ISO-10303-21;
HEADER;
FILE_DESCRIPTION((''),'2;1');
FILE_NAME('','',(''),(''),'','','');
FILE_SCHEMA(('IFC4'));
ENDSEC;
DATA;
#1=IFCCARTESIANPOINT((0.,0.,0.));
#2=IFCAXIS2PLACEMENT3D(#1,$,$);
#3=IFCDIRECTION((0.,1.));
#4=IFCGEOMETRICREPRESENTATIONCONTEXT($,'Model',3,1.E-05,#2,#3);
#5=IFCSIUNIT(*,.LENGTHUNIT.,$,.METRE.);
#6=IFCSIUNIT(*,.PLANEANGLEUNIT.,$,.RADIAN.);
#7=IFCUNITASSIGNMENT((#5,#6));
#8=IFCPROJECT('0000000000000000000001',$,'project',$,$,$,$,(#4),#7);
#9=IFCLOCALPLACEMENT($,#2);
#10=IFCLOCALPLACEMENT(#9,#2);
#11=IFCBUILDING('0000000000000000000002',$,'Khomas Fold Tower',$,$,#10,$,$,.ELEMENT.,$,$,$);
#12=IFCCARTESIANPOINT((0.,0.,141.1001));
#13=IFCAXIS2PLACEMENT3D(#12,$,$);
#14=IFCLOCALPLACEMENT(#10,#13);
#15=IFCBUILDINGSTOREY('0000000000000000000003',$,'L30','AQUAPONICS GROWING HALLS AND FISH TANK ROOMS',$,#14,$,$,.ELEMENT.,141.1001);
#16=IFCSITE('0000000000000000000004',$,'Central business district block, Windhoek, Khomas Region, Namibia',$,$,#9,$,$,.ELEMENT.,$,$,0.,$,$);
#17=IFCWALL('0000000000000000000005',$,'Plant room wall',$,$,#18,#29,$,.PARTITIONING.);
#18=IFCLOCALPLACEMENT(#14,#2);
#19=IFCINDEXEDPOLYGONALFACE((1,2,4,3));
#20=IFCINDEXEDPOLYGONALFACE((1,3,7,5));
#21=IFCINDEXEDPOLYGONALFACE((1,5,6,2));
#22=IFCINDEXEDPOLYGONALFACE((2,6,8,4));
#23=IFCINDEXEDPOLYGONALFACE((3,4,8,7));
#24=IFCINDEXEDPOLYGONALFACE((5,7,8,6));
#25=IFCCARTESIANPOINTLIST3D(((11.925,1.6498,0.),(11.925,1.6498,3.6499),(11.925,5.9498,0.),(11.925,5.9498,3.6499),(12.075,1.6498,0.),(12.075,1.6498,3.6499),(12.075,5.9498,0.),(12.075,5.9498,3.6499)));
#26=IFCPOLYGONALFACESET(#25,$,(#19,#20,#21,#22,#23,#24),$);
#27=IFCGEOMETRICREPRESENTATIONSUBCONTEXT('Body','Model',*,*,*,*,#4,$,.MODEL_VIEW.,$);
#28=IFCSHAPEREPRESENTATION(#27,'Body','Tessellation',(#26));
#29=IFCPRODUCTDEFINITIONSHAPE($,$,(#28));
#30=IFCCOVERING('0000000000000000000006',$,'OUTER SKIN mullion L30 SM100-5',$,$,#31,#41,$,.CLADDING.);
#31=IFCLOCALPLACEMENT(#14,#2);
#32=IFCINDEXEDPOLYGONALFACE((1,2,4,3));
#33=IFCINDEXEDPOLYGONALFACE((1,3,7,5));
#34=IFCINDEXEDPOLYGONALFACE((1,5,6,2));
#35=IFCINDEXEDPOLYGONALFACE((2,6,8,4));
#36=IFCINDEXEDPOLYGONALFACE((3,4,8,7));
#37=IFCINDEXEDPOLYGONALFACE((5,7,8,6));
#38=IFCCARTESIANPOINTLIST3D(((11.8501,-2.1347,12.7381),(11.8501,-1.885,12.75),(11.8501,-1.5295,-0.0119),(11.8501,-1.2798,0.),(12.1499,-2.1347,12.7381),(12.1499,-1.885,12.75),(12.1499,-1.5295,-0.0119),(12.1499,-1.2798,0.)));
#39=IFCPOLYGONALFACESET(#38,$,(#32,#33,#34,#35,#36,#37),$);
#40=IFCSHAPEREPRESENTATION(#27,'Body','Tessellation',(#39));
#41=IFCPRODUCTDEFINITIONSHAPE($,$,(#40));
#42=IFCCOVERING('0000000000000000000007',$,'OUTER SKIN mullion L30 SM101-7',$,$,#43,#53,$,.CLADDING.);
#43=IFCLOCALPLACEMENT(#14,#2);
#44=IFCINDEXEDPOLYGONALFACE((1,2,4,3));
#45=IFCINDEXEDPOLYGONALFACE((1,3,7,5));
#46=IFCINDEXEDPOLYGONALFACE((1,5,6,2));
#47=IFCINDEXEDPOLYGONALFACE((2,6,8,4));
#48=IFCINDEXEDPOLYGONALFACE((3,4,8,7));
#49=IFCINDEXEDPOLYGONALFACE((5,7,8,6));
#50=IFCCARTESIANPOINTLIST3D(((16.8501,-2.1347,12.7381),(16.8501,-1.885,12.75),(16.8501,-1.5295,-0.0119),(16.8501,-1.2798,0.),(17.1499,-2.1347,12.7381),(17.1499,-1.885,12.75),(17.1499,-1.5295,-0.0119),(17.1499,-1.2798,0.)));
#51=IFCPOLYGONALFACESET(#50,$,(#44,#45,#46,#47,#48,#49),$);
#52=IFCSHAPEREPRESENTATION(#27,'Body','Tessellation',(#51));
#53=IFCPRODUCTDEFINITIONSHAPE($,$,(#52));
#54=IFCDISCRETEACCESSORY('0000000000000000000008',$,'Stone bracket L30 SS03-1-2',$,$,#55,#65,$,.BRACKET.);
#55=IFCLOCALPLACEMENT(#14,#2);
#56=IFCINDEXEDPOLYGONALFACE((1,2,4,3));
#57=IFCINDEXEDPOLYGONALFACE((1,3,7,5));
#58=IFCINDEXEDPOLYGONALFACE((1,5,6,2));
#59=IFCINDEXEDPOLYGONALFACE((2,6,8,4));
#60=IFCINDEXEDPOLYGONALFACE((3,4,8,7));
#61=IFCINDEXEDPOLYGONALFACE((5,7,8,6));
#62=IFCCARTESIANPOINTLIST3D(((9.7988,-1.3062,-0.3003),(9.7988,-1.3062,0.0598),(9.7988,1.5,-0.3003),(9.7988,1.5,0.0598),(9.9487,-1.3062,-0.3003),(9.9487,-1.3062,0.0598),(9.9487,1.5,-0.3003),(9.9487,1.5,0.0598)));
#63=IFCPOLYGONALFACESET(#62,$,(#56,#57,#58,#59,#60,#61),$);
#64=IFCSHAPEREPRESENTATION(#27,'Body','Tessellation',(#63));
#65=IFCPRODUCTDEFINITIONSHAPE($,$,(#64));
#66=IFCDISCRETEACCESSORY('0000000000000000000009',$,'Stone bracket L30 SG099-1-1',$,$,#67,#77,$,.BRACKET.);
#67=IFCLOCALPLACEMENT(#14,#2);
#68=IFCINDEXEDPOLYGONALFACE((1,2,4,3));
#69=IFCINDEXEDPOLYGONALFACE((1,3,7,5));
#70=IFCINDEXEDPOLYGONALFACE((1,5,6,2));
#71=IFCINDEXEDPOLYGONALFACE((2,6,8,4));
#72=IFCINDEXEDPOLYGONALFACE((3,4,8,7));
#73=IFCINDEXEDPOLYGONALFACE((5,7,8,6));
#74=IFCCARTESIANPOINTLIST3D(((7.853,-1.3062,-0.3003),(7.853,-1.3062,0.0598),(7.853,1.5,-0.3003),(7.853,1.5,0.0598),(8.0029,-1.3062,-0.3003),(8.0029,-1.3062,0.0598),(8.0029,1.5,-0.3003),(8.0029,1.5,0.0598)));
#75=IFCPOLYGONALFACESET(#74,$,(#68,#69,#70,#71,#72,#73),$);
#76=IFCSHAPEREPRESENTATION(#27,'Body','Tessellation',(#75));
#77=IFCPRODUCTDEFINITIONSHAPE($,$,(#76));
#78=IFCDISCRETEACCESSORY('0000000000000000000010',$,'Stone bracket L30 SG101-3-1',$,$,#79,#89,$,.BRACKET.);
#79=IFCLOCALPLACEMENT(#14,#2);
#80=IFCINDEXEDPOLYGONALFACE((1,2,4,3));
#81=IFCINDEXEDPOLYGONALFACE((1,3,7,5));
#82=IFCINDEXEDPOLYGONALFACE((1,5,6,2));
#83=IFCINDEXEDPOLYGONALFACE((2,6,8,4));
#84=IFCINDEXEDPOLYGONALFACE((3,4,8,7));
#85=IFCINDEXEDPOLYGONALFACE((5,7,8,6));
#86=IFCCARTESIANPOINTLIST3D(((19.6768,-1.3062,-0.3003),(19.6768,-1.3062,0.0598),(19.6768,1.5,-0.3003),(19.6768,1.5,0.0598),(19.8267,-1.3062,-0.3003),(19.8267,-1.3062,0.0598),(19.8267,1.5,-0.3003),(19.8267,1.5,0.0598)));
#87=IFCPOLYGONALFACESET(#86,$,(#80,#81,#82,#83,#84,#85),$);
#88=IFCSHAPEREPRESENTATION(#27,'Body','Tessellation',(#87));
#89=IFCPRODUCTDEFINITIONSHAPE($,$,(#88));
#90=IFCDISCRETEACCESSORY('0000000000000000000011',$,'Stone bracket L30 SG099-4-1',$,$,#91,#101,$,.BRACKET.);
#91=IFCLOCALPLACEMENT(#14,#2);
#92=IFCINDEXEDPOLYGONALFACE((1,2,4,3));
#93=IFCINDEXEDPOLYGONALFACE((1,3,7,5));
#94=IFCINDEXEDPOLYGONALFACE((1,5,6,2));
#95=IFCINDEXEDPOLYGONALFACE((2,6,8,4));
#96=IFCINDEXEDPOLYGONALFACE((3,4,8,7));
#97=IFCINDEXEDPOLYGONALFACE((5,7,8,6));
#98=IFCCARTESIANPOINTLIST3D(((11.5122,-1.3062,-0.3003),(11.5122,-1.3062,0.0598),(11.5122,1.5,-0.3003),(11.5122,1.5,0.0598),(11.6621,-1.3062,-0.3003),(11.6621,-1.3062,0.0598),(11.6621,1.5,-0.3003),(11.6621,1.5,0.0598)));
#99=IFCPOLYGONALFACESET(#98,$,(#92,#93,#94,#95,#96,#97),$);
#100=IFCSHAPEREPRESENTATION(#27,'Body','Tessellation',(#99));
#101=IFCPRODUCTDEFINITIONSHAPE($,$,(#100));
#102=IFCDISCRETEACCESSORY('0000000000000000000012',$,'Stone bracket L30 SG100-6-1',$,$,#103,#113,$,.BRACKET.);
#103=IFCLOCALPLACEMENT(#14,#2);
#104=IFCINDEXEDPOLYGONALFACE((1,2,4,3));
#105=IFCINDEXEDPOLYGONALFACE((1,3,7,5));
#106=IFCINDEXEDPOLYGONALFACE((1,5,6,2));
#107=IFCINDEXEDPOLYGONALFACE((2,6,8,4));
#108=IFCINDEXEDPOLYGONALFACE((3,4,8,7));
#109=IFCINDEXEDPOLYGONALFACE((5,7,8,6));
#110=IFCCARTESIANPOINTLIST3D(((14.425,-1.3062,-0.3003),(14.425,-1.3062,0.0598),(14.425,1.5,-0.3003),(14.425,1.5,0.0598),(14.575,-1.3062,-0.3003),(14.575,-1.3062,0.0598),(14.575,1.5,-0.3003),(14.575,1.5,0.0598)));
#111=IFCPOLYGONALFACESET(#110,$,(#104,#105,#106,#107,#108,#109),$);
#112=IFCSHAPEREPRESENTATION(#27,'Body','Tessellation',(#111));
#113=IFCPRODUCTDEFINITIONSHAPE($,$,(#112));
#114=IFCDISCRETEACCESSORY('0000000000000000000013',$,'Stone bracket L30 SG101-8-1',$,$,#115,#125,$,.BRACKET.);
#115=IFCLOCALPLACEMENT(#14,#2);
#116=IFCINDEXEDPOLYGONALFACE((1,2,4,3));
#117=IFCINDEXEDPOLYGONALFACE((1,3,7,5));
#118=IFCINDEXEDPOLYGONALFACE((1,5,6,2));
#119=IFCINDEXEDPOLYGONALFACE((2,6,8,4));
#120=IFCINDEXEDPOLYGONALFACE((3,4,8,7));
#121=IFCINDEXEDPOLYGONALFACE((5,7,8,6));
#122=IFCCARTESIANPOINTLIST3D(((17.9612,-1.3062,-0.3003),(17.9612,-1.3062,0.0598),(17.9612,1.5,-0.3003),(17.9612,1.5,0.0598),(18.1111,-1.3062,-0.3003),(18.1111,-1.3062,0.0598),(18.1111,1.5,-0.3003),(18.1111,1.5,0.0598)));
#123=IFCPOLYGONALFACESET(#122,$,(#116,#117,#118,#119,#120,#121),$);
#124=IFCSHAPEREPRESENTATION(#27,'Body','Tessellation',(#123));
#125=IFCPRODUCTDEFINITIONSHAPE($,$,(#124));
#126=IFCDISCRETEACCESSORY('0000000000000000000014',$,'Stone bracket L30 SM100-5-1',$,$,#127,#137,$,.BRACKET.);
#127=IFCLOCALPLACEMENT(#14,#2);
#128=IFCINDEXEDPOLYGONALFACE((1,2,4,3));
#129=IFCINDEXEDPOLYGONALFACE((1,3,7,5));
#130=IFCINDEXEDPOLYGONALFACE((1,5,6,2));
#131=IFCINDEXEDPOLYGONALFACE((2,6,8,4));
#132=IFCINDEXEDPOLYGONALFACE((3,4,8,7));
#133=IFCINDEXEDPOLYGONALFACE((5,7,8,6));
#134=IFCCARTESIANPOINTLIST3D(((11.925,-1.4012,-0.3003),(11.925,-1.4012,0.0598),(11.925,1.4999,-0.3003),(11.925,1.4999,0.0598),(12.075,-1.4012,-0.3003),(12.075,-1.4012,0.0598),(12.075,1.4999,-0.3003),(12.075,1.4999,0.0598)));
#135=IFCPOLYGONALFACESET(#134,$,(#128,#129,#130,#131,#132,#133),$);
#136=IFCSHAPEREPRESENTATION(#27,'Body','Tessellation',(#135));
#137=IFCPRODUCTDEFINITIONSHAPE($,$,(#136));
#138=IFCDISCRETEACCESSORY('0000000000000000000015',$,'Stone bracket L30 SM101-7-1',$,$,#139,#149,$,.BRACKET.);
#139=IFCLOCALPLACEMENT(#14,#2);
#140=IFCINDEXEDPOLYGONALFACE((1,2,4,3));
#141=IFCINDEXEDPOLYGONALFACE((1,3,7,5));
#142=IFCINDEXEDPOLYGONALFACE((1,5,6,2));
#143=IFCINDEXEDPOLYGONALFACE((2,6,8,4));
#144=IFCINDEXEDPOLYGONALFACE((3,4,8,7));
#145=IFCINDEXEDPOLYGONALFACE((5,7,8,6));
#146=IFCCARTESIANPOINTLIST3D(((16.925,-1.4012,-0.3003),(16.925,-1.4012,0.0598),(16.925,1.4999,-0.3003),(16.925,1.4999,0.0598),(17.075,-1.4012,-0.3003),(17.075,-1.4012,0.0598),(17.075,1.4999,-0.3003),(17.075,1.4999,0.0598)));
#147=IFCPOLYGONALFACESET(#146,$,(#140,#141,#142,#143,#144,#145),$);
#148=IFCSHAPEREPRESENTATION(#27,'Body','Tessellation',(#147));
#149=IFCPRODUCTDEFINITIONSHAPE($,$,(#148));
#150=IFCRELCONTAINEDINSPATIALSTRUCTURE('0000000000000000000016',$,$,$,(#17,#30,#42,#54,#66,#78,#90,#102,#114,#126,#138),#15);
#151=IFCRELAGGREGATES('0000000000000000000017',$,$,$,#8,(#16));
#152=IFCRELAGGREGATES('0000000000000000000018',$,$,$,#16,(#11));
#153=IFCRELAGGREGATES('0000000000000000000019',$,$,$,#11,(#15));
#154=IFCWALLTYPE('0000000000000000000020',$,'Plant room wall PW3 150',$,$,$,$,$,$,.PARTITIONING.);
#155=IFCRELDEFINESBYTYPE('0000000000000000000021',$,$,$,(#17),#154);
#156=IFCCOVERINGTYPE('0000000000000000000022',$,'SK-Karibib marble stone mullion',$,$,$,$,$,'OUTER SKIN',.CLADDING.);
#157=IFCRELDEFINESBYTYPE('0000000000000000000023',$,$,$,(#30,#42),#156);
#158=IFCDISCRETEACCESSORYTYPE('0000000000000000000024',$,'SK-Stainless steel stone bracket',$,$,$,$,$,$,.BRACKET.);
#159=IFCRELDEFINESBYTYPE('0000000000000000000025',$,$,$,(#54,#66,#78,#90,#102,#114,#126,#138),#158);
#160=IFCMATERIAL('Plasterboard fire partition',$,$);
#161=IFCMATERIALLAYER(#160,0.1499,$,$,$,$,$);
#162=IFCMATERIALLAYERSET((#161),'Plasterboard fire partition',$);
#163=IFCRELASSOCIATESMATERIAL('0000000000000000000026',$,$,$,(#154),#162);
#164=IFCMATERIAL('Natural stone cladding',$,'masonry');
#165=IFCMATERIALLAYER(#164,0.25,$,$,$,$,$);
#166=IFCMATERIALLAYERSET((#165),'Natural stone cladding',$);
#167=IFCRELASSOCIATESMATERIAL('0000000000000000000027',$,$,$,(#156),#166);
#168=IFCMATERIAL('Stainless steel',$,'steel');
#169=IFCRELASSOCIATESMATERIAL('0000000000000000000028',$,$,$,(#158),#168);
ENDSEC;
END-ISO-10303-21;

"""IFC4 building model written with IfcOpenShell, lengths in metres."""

from ifc_helpers import new_model, si_unit, direction, frame, frame_2d, origin, origin_2d, place, context, subcontext, project, spatial, polyline, rectangle, outline, extrude, source, transform, mapped, material, layer, layer_set, type_object, element, save


model = new_model("IFC4")

# Units and contexts
model_context = context("Model", 3, precision=1e-05, world=origin(), true_north=direction((0.0, 1.0)))
body_context = subcontext(model_context, "Body", "Model", "MODEL_VIEW")
ifc_project = project(units=[si_unit("LENGTHUNIT", "METRE"), si_unit("PLANEANGLEUNIT", "RADIAN")], contexts=[model_context])

# Site, building, storey
site_placement = place(None, origin())
site = spatial("IfcSite", under=ifc_project, at=site_placement, Name="Central business district block, Windhoek, Khomas Region, Namibia", CompositionType="ELEMENT", RefElevation=0.0)
building_placement = place(site_placement, origin())
building = spatial("IfcBuilding", under=site, at=building_placement, Name="Khomas Fold Tower", CompositionType="ELEMENT")
storey_placement = place(building_placement, frame((0.0, 0.0, 141.1001)))
storey = spatial("IfcBuildingStorey", under=building, at=storey_placement, Name="L30", Description="AQUAPONICS GROWING HALLS AND FISH TANK ROOMS", CompositionType="ELEMENT", Elevation=141.1001)

# Wall
ifc_material_1 = material(Name="Plasterboard fire partition")
ifc_layer_1 = layer(ifc_material_1, 0.1499)
ifc_layer_set_1 = layer_set([ifc_layer_1], Name="Plasterboard fire partition")
wall_type = type_object("IfcWallType", Name="Plant room wall PW3 150", PredefinedType="PARTITIONING", material=ifc_layer_set_1)
shared_shape_1 = source(origin(), body_context, "Body", "SweptSolid", [
    extrude(rectangle(XDim=4.3, YDim=0.1499, at=frame_2d((2.1499, 0.0))), origin(), (0.0, 0.0, 1.0), 3.6499),
])
wall_placement = place(storey_placement, frame((12.0, 1.6499, 0.0), z_axis=(0.0, 0.0, 1.0), x_axis=(0.0, 1.0, 0.0)))
element("IfcWall", 1, at=wall_placement, inside=storey, type_object=wall_type, Name="Plant room wall", PredefinedType="PARTITIONING", context=body_context, shape_type="MappedRepresentation", body=[
    mapped(shared_shape_1, transform((0.0, 0.0, 0.0))),
])

# Coverings
ifc_material_2 = material(Name="Natural stone cladding", Category="masonry")
ifc_layer_2 = layer(ifc_material_2, 0.25)
ifc_layer_set_2 = layer_set([ifc_layer_2], Name="Natural stone cladding")
covering_type = type_object("IfcCoveringType", Name="SK-Karibib marble stone mullion", ElementType="OUTER SKIN", PredefinedType="CLADDING", material=ifc_layer_set_2)
for number, where, z_axis, x_axis, name in (
    (2, (11.8501, -1.2798, 0.0), (0.0, 0.998875, 0.047415), (0.0, -0.047415, 0.998875), "OUTER SKIN mullion L30 SM100-5"),
    (3, (16.8501, -1.2798, 0.0), (0.0, 0.998875, 0.047415), (0.0, -0.047415, 0.998875), "OUTER SKIN mullion L30 SM101-7"),
):
    element("IfcCovering", number, at=place(storey_placement, frame(where, z_axis=z_axis, x_axis=x_axis)), inside=storey, type_object=covering_type, Name=name, PredefinedType="CLADDING", context=body_context, shape_type="SweptSolid", body=[
        extrude(outline(polyline([(0.0, 0.0), (12.7644, 0.0), (12.7644, 0.2998), (0.0, 0.2998), (0.0, 0.0)])), origin(), (0.0, 0.0, -1.0), 0.25),
    ])

# Discrete accessories
ifc_material_3 = material(Name="Stainless steel", Category="steel")
discrete_accessory_type = type_object("IfcDiscreteAccessoryType", Name="SK-Stainless steel stone bracket", PredefinedType="BRACKET", material=ifc_material_3)
shared_shape_2 = source(origin(), body_context, "Body", "SweptSolid", [
    extrude(rectangle(XDim=2.8062, YDim=0.1499, at=origin_2d()), origin(), (0.0, 0.0, 1.0), 0.3601),
])
for number, where, z_axis, x_axis, name in (
    (4, (9.8738, 0.0969, -0.3003), (0.0, 0.0, 1.0), (0.0, -1.0, 0.0), "Stone bracket L30 SS03-1-2"),
    (5, (7.928, 0.0969, -0.3003), (0.0, 0.0, 1.0), (0.0, -1.0, 0.0), "Stone bracket L30 SG099-1-1"),
    (6, (19.7517, 0.0969, -0.3003), (0.0, 0.0, 1.0), (0.0, -1.0, 0.0), "Stone bracket L30 SG101-3-1"),
    (7, (11.5872, 0.0969, -0.3003), (0.0, 0.0, 1.0), (0.0, -1.0, 0.0), "Stone bracket L30 SG099-4-1"),
    (8, (14.5, 0.0969, -0.3003), (0.0, 0.0, 1.0), (0.0, -1.0, 0.0), "Stone bracket L30 SG100-6-1"),
    (9, (18.0361, 0.0969, -0.3003), (0.0, 0.0, 1.0), (0.0, -1.0, 0.0), "Stone bracket L30 SG101-8-1"),
):
    element("IfcDiscreteAccessory", number, at=place(storey_placement, frame(where, z_axis=z_axis, x_axis=x_axis)), inside=storey, type_object=discrete_accessory_type, Name=name, PredefinedType="BRACKET", context=body_context, shape_type="MappedRepresentation", body=[
        mapped(shared_shape_2, transform((0.0, 0.0, 0.0))),
    ])
shared_shape_3 = source(origin(), body_context, "Body", "SweptSolid", [
    extrude(rectangle(XDim=2.9011, YDim=0.1499, at=origin_2d()), origin(), (0.0, 0.0, 1.0), 0.3601),
])
for number, where, z_axis, x_axis, name in (
    (10, (12.0, 0.0493, -0.3003), (0.0, 0.0, 1.0), (0.0, -1.0, 0.0), "Stone bracket L30 SM100-5-1"),
    (11, (17.0, 0.0493, -0.3003), (0.0, 0.0, 1.0), (0.0, -1.0, 0.0), "Stone bracket L30 SM101-7-1"),
):
    element("IfcDiscreteAccessory", number, at=place(storey_placement, frame(where, z_axis=z_axis, x_axis=x_axis)), inside=storey, type_object=discrete_accessory_type, Name=name, PredefinedType="BRACKET", context=body_context, shape_type="MappedRepresentation", body=[
        mapped(shared_shape_3, transform((0.0, 0.0, 0.0))),
    ])

save(model, "model.ifc")
